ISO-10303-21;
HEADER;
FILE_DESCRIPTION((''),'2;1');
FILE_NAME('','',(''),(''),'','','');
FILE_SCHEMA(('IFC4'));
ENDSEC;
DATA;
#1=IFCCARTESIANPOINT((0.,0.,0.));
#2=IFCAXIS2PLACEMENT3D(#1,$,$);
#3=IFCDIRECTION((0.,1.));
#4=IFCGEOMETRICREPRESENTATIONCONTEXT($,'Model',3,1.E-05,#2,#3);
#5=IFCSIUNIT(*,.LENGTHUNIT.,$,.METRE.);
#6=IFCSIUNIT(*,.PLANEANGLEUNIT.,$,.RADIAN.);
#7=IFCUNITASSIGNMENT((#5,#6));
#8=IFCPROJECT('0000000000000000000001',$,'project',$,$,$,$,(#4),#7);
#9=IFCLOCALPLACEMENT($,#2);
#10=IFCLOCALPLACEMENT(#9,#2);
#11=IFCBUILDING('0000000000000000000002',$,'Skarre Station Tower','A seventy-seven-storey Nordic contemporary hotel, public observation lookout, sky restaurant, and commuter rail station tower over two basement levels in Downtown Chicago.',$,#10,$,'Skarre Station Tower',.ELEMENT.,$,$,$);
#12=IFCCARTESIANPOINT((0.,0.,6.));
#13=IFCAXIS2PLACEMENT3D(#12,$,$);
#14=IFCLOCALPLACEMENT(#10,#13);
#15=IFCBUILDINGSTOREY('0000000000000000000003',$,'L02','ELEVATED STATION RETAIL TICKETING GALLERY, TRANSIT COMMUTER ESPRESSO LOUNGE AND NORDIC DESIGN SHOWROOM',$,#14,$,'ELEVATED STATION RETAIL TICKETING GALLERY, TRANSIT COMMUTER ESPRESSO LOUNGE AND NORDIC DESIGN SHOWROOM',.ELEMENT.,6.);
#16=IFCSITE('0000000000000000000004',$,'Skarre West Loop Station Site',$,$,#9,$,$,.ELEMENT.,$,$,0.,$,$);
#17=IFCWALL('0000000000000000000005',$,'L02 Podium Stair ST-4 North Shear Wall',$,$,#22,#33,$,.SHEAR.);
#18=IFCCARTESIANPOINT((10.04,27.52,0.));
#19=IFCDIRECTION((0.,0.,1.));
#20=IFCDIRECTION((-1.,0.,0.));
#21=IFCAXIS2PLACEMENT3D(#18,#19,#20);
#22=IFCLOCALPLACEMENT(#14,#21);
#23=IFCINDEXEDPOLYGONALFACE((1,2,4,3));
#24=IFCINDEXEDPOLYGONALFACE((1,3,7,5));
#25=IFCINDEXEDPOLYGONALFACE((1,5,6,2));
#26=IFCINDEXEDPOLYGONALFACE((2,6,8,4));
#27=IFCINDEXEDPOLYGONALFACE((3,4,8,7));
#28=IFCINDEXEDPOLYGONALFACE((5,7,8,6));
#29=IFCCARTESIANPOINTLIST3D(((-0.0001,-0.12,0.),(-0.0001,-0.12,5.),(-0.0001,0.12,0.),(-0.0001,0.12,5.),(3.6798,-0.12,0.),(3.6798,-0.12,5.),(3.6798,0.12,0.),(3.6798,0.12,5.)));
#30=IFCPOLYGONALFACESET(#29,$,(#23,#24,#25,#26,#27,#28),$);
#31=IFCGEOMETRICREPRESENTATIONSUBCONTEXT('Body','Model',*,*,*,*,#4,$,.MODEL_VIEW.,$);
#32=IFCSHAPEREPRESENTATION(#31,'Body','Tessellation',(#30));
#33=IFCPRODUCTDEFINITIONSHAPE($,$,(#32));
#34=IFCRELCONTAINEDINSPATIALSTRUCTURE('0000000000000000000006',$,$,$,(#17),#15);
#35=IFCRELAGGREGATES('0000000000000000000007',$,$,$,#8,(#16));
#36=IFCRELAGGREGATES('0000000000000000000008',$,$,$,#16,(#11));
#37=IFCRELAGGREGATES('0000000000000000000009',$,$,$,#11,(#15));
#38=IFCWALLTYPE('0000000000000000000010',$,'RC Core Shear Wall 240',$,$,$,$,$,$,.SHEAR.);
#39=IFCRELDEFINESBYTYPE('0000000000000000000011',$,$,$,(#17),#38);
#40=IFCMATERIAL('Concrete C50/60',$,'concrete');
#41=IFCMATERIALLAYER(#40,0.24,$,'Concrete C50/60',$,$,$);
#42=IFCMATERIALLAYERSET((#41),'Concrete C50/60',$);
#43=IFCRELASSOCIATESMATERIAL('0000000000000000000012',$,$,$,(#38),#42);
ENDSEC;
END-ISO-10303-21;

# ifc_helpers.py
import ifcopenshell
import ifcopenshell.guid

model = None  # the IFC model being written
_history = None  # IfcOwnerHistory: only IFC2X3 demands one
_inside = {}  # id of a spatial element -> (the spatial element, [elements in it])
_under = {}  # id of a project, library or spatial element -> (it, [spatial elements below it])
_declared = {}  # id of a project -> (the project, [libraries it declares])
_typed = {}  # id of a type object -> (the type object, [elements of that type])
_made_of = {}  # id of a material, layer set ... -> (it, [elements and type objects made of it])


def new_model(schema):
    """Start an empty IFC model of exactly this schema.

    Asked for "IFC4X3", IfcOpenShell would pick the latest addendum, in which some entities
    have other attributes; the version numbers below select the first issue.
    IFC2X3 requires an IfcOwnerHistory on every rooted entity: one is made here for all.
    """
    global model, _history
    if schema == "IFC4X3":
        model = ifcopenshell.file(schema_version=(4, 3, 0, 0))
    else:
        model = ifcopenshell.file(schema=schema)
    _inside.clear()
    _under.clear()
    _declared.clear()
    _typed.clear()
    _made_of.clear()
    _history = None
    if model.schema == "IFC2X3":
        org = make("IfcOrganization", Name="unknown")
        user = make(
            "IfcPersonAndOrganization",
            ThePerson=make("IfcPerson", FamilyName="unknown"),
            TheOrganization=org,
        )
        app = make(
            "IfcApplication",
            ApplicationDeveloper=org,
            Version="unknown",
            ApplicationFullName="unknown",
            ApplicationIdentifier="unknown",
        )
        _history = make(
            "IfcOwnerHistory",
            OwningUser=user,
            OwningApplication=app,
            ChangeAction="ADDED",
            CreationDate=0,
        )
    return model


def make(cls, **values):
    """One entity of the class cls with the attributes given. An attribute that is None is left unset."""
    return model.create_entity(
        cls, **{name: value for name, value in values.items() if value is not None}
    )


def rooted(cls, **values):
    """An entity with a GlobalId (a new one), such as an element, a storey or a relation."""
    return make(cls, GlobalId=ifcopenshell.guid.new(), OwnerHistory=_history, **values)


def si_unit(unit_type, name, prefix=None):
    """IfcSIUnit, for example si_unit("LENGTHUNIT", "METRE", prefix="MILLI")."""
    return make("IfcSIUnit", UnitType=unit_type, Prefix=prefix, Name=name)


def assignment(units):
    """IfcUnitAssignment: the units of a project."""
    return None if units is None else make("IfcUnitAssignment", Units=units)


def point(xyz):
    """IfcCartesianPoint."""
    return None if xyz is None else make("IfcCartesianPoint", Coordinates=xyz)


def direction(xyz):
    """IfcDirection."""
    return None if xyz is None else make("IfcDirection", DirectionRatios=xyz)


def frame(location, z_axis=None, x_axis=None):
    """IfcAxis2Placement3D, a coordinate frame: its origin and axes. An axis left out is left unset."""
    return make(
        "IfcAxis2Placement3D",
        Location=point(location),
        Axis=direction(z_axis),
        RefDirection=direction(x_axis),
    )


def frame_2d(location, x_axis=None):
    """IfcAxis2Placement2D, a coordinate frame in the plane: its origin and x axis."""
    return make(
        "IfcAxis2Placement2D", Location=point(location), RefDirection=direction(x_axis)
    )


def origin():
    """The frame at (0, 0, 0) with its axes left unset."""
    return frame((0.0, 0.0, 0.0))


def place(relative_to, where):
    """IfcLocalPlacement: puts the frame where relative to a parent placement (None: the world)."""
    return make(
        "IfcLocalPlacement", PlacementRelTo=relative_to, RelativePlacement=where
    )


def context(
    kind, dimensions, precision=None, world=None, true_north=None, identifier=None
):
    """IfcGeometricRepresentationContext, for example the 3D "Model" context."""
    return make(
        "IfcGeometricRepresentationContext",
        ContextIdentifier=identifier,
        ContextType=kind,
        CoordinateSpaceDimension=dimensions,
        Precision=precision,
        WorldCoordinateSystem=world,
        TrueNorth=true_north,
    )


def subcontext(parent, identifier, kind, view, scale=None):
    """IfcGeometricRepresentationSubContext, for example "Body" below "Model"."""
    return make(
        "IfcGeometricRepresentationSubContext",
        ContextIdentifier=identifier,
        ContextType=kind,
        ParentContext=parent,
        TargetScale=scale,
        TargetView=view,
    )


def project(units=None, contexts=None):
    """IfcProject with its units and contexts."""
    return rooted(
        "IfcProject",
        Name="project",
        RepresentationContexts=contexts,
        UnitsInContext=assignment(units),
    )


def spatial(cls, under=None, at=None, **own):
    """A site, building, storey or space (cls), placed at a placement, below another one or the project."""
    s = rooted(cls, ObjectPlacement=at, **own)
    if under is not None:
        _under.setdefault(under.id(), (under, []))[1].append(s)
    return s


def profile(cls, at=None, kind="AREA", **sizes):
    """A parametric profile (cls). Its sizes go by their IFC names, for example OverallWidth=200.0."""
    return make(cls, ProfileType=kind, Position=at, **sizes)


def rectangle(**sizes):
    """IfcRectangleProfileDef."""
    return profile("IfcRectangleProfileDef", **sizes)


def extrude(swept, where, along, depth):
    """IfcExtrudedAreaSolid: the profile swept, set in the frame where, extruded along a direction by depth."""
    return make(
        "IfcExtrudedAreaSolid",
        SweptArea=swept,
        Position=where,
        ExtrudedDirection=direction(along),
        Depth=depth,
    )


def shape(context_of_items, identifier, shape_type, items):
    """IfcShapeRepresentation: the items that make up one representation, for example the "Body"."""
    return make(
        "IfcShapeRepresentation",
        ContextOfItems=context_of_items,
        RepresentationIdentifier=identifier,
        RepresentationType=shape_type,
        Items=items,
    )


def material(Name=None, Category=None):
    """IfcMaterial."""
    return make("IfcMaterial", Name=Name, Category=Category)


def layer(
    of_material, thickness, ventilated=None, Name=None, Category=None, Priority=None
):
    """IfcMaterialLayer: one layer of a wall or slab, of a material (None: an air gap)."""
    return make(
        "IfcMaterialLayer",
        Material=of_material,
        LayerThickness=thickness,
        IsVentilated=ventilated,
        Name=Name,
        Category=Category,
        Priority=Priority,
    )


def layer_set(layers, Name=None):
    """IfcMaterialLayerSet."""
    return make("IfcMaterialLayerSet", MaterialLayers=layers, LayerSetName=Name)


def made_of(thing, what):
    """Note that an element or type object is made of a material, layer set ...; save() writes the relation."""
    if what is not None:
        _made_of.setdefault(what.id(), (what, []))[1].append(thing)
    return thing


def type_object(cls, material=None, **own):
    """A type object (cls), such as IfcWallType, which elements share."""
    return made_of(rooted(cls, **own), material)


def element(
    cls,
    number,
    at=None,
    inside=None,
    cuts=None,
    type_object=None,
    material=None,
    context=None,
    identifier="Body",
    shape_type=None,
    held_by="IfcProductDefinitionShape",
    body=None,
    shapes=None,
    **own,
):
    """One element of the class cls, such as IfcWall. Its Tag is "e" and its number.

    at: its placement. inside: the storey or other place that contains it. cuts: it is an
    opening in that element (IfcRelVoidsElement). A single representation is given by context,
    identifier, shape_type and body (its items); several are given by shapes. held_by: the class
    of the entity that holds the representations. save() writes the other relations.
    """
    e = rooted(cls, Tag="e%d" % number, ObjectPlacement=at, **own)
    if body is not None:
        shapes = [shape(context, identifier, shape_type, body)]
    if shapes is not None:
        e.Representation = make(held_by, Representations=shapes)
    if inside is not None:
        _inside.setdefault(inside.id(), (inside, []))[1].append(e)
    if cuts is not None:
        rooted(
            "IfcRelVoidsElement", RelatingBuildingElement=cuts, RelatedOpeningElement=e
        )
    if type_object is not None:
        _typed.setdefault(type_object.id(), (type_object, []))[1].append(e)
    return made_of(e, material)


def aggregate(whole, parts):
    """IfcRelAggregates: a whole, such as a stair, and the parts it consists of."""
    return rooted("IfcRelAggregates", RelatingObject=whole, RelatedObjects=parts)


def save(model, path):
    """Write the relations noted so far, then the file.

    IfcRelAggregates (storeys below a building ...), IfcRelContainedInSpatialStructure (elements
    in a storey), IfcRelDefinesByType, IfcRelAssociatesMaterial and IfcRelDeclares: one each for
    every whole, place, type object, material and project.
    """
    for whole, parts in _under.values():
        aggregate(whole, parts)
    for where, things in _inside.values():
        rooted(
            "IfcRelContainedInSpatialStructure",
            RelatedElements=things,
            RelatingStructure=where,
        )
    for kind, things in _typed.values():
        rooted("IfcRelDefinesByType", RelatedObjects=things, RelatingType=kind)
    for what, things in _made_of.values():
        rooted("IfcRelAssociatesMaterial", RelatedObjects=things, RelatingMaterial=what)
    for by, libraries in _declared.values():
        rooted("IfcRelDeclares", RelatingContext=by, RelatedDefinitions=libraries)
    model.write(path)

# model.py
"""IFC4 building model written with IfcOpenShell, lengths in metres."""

from ifc_helpers import new_model, si_unit, direction, frame, frame_2d, origin, place, context, subcontext, project, spatial, rectangle, extrude, material, layer, layer_set, type_object, element, save


model = new_model("IFC4")

# Units and contexts
model_context = context("Model", 3, precision=1e-05, world=origin(), true_north=direction((0.0, 1.0)))
body_context = subcontext(model_context, "Body", "Model", "MODEL_VIEW")
ifc_project = project(units=[si_unit("LENGTHUNIT", "METRE"), si_unit("PLANEANGLEUNIT", "RADIAN")], contexts=[model_context])

# Site, building, storey
site_placement = place(None, origin())
site = spatial("IfcSite", under=ifc_project, at=site_placement, Name="Skarre West Loop Station Site", CompositionType="ELEMENT", RefElevation=0.0)
building_placement = place(site_placement, origin())
building = spatial("IfcBuilding", under=site, at=building_placement, Name="Skarre Station Tower", Description="A seventy-seven-storey Nordic contemporary hotel, public observation lookout, sky restaurant, and commuter rail station tower over two basement levels in Downtown Chicago.", LongName="Skarre Station Tower", CompositionType="ELEMENT")
storey_placement = place(building_placement, frame((0.0, 0.0, 6.0)))
storey = spatial("IfcBuildingStorey", under=building, at=storey_placement, Name="L02", Description="ELEVATED STATION RETAIL TICKETING GALLERY, TRANSIT COMMUTER ESPRESSO LOUNGE AND NORDIC DESIGN SHOWROOM", LongName="ELEVATED STATION RETAIL TICKETING GALLERY, TRANSIT COMMUTER ESPRESSO LOUNGE AND NORDIC DESIGN SHOWROOM", CompositionType="ELEMENT", Elevation=6.0)

# Wall
ifc_material_1 = material(Name="Concrete C50/60", Category="concrete")
ifc_layer_1 = layer(ifc_material_1, 0.24, Name="Concrete C50/60")
ifc_layer_set_1 = layer_set([ifc_layer_1], Name="Concrete C50/60")
wall_type_1 = type_object("IfcWallType", Name="RC Core Shear Wall 240", PredefinedType="SHEAR", material=ifc_layer_set_1)
wall_1_placement = place(storey_placement, frame((10.04, 27.52, 0.0), z_axis=(0.0, 0.0, 1.0), x_axis=(-1.0, 0.0, 0.0)))
element("IfcWall", 1, at=wall_1_placement, inside=storey, type_object=wall_type_1, Name="L02 Podium Stair ST-4 North Shear Wall", PredefinedType="SHEAR", context=body_context, shape_type="SweptSolid", body=[
    extrude(rectangle(XDim=3.6799, YDim=0.24, at=frame_2d((1.8398, 0.0))), origin(), (0.0, 0.0, 1.0), 5.0),
])

save(model, "model.ifc")
